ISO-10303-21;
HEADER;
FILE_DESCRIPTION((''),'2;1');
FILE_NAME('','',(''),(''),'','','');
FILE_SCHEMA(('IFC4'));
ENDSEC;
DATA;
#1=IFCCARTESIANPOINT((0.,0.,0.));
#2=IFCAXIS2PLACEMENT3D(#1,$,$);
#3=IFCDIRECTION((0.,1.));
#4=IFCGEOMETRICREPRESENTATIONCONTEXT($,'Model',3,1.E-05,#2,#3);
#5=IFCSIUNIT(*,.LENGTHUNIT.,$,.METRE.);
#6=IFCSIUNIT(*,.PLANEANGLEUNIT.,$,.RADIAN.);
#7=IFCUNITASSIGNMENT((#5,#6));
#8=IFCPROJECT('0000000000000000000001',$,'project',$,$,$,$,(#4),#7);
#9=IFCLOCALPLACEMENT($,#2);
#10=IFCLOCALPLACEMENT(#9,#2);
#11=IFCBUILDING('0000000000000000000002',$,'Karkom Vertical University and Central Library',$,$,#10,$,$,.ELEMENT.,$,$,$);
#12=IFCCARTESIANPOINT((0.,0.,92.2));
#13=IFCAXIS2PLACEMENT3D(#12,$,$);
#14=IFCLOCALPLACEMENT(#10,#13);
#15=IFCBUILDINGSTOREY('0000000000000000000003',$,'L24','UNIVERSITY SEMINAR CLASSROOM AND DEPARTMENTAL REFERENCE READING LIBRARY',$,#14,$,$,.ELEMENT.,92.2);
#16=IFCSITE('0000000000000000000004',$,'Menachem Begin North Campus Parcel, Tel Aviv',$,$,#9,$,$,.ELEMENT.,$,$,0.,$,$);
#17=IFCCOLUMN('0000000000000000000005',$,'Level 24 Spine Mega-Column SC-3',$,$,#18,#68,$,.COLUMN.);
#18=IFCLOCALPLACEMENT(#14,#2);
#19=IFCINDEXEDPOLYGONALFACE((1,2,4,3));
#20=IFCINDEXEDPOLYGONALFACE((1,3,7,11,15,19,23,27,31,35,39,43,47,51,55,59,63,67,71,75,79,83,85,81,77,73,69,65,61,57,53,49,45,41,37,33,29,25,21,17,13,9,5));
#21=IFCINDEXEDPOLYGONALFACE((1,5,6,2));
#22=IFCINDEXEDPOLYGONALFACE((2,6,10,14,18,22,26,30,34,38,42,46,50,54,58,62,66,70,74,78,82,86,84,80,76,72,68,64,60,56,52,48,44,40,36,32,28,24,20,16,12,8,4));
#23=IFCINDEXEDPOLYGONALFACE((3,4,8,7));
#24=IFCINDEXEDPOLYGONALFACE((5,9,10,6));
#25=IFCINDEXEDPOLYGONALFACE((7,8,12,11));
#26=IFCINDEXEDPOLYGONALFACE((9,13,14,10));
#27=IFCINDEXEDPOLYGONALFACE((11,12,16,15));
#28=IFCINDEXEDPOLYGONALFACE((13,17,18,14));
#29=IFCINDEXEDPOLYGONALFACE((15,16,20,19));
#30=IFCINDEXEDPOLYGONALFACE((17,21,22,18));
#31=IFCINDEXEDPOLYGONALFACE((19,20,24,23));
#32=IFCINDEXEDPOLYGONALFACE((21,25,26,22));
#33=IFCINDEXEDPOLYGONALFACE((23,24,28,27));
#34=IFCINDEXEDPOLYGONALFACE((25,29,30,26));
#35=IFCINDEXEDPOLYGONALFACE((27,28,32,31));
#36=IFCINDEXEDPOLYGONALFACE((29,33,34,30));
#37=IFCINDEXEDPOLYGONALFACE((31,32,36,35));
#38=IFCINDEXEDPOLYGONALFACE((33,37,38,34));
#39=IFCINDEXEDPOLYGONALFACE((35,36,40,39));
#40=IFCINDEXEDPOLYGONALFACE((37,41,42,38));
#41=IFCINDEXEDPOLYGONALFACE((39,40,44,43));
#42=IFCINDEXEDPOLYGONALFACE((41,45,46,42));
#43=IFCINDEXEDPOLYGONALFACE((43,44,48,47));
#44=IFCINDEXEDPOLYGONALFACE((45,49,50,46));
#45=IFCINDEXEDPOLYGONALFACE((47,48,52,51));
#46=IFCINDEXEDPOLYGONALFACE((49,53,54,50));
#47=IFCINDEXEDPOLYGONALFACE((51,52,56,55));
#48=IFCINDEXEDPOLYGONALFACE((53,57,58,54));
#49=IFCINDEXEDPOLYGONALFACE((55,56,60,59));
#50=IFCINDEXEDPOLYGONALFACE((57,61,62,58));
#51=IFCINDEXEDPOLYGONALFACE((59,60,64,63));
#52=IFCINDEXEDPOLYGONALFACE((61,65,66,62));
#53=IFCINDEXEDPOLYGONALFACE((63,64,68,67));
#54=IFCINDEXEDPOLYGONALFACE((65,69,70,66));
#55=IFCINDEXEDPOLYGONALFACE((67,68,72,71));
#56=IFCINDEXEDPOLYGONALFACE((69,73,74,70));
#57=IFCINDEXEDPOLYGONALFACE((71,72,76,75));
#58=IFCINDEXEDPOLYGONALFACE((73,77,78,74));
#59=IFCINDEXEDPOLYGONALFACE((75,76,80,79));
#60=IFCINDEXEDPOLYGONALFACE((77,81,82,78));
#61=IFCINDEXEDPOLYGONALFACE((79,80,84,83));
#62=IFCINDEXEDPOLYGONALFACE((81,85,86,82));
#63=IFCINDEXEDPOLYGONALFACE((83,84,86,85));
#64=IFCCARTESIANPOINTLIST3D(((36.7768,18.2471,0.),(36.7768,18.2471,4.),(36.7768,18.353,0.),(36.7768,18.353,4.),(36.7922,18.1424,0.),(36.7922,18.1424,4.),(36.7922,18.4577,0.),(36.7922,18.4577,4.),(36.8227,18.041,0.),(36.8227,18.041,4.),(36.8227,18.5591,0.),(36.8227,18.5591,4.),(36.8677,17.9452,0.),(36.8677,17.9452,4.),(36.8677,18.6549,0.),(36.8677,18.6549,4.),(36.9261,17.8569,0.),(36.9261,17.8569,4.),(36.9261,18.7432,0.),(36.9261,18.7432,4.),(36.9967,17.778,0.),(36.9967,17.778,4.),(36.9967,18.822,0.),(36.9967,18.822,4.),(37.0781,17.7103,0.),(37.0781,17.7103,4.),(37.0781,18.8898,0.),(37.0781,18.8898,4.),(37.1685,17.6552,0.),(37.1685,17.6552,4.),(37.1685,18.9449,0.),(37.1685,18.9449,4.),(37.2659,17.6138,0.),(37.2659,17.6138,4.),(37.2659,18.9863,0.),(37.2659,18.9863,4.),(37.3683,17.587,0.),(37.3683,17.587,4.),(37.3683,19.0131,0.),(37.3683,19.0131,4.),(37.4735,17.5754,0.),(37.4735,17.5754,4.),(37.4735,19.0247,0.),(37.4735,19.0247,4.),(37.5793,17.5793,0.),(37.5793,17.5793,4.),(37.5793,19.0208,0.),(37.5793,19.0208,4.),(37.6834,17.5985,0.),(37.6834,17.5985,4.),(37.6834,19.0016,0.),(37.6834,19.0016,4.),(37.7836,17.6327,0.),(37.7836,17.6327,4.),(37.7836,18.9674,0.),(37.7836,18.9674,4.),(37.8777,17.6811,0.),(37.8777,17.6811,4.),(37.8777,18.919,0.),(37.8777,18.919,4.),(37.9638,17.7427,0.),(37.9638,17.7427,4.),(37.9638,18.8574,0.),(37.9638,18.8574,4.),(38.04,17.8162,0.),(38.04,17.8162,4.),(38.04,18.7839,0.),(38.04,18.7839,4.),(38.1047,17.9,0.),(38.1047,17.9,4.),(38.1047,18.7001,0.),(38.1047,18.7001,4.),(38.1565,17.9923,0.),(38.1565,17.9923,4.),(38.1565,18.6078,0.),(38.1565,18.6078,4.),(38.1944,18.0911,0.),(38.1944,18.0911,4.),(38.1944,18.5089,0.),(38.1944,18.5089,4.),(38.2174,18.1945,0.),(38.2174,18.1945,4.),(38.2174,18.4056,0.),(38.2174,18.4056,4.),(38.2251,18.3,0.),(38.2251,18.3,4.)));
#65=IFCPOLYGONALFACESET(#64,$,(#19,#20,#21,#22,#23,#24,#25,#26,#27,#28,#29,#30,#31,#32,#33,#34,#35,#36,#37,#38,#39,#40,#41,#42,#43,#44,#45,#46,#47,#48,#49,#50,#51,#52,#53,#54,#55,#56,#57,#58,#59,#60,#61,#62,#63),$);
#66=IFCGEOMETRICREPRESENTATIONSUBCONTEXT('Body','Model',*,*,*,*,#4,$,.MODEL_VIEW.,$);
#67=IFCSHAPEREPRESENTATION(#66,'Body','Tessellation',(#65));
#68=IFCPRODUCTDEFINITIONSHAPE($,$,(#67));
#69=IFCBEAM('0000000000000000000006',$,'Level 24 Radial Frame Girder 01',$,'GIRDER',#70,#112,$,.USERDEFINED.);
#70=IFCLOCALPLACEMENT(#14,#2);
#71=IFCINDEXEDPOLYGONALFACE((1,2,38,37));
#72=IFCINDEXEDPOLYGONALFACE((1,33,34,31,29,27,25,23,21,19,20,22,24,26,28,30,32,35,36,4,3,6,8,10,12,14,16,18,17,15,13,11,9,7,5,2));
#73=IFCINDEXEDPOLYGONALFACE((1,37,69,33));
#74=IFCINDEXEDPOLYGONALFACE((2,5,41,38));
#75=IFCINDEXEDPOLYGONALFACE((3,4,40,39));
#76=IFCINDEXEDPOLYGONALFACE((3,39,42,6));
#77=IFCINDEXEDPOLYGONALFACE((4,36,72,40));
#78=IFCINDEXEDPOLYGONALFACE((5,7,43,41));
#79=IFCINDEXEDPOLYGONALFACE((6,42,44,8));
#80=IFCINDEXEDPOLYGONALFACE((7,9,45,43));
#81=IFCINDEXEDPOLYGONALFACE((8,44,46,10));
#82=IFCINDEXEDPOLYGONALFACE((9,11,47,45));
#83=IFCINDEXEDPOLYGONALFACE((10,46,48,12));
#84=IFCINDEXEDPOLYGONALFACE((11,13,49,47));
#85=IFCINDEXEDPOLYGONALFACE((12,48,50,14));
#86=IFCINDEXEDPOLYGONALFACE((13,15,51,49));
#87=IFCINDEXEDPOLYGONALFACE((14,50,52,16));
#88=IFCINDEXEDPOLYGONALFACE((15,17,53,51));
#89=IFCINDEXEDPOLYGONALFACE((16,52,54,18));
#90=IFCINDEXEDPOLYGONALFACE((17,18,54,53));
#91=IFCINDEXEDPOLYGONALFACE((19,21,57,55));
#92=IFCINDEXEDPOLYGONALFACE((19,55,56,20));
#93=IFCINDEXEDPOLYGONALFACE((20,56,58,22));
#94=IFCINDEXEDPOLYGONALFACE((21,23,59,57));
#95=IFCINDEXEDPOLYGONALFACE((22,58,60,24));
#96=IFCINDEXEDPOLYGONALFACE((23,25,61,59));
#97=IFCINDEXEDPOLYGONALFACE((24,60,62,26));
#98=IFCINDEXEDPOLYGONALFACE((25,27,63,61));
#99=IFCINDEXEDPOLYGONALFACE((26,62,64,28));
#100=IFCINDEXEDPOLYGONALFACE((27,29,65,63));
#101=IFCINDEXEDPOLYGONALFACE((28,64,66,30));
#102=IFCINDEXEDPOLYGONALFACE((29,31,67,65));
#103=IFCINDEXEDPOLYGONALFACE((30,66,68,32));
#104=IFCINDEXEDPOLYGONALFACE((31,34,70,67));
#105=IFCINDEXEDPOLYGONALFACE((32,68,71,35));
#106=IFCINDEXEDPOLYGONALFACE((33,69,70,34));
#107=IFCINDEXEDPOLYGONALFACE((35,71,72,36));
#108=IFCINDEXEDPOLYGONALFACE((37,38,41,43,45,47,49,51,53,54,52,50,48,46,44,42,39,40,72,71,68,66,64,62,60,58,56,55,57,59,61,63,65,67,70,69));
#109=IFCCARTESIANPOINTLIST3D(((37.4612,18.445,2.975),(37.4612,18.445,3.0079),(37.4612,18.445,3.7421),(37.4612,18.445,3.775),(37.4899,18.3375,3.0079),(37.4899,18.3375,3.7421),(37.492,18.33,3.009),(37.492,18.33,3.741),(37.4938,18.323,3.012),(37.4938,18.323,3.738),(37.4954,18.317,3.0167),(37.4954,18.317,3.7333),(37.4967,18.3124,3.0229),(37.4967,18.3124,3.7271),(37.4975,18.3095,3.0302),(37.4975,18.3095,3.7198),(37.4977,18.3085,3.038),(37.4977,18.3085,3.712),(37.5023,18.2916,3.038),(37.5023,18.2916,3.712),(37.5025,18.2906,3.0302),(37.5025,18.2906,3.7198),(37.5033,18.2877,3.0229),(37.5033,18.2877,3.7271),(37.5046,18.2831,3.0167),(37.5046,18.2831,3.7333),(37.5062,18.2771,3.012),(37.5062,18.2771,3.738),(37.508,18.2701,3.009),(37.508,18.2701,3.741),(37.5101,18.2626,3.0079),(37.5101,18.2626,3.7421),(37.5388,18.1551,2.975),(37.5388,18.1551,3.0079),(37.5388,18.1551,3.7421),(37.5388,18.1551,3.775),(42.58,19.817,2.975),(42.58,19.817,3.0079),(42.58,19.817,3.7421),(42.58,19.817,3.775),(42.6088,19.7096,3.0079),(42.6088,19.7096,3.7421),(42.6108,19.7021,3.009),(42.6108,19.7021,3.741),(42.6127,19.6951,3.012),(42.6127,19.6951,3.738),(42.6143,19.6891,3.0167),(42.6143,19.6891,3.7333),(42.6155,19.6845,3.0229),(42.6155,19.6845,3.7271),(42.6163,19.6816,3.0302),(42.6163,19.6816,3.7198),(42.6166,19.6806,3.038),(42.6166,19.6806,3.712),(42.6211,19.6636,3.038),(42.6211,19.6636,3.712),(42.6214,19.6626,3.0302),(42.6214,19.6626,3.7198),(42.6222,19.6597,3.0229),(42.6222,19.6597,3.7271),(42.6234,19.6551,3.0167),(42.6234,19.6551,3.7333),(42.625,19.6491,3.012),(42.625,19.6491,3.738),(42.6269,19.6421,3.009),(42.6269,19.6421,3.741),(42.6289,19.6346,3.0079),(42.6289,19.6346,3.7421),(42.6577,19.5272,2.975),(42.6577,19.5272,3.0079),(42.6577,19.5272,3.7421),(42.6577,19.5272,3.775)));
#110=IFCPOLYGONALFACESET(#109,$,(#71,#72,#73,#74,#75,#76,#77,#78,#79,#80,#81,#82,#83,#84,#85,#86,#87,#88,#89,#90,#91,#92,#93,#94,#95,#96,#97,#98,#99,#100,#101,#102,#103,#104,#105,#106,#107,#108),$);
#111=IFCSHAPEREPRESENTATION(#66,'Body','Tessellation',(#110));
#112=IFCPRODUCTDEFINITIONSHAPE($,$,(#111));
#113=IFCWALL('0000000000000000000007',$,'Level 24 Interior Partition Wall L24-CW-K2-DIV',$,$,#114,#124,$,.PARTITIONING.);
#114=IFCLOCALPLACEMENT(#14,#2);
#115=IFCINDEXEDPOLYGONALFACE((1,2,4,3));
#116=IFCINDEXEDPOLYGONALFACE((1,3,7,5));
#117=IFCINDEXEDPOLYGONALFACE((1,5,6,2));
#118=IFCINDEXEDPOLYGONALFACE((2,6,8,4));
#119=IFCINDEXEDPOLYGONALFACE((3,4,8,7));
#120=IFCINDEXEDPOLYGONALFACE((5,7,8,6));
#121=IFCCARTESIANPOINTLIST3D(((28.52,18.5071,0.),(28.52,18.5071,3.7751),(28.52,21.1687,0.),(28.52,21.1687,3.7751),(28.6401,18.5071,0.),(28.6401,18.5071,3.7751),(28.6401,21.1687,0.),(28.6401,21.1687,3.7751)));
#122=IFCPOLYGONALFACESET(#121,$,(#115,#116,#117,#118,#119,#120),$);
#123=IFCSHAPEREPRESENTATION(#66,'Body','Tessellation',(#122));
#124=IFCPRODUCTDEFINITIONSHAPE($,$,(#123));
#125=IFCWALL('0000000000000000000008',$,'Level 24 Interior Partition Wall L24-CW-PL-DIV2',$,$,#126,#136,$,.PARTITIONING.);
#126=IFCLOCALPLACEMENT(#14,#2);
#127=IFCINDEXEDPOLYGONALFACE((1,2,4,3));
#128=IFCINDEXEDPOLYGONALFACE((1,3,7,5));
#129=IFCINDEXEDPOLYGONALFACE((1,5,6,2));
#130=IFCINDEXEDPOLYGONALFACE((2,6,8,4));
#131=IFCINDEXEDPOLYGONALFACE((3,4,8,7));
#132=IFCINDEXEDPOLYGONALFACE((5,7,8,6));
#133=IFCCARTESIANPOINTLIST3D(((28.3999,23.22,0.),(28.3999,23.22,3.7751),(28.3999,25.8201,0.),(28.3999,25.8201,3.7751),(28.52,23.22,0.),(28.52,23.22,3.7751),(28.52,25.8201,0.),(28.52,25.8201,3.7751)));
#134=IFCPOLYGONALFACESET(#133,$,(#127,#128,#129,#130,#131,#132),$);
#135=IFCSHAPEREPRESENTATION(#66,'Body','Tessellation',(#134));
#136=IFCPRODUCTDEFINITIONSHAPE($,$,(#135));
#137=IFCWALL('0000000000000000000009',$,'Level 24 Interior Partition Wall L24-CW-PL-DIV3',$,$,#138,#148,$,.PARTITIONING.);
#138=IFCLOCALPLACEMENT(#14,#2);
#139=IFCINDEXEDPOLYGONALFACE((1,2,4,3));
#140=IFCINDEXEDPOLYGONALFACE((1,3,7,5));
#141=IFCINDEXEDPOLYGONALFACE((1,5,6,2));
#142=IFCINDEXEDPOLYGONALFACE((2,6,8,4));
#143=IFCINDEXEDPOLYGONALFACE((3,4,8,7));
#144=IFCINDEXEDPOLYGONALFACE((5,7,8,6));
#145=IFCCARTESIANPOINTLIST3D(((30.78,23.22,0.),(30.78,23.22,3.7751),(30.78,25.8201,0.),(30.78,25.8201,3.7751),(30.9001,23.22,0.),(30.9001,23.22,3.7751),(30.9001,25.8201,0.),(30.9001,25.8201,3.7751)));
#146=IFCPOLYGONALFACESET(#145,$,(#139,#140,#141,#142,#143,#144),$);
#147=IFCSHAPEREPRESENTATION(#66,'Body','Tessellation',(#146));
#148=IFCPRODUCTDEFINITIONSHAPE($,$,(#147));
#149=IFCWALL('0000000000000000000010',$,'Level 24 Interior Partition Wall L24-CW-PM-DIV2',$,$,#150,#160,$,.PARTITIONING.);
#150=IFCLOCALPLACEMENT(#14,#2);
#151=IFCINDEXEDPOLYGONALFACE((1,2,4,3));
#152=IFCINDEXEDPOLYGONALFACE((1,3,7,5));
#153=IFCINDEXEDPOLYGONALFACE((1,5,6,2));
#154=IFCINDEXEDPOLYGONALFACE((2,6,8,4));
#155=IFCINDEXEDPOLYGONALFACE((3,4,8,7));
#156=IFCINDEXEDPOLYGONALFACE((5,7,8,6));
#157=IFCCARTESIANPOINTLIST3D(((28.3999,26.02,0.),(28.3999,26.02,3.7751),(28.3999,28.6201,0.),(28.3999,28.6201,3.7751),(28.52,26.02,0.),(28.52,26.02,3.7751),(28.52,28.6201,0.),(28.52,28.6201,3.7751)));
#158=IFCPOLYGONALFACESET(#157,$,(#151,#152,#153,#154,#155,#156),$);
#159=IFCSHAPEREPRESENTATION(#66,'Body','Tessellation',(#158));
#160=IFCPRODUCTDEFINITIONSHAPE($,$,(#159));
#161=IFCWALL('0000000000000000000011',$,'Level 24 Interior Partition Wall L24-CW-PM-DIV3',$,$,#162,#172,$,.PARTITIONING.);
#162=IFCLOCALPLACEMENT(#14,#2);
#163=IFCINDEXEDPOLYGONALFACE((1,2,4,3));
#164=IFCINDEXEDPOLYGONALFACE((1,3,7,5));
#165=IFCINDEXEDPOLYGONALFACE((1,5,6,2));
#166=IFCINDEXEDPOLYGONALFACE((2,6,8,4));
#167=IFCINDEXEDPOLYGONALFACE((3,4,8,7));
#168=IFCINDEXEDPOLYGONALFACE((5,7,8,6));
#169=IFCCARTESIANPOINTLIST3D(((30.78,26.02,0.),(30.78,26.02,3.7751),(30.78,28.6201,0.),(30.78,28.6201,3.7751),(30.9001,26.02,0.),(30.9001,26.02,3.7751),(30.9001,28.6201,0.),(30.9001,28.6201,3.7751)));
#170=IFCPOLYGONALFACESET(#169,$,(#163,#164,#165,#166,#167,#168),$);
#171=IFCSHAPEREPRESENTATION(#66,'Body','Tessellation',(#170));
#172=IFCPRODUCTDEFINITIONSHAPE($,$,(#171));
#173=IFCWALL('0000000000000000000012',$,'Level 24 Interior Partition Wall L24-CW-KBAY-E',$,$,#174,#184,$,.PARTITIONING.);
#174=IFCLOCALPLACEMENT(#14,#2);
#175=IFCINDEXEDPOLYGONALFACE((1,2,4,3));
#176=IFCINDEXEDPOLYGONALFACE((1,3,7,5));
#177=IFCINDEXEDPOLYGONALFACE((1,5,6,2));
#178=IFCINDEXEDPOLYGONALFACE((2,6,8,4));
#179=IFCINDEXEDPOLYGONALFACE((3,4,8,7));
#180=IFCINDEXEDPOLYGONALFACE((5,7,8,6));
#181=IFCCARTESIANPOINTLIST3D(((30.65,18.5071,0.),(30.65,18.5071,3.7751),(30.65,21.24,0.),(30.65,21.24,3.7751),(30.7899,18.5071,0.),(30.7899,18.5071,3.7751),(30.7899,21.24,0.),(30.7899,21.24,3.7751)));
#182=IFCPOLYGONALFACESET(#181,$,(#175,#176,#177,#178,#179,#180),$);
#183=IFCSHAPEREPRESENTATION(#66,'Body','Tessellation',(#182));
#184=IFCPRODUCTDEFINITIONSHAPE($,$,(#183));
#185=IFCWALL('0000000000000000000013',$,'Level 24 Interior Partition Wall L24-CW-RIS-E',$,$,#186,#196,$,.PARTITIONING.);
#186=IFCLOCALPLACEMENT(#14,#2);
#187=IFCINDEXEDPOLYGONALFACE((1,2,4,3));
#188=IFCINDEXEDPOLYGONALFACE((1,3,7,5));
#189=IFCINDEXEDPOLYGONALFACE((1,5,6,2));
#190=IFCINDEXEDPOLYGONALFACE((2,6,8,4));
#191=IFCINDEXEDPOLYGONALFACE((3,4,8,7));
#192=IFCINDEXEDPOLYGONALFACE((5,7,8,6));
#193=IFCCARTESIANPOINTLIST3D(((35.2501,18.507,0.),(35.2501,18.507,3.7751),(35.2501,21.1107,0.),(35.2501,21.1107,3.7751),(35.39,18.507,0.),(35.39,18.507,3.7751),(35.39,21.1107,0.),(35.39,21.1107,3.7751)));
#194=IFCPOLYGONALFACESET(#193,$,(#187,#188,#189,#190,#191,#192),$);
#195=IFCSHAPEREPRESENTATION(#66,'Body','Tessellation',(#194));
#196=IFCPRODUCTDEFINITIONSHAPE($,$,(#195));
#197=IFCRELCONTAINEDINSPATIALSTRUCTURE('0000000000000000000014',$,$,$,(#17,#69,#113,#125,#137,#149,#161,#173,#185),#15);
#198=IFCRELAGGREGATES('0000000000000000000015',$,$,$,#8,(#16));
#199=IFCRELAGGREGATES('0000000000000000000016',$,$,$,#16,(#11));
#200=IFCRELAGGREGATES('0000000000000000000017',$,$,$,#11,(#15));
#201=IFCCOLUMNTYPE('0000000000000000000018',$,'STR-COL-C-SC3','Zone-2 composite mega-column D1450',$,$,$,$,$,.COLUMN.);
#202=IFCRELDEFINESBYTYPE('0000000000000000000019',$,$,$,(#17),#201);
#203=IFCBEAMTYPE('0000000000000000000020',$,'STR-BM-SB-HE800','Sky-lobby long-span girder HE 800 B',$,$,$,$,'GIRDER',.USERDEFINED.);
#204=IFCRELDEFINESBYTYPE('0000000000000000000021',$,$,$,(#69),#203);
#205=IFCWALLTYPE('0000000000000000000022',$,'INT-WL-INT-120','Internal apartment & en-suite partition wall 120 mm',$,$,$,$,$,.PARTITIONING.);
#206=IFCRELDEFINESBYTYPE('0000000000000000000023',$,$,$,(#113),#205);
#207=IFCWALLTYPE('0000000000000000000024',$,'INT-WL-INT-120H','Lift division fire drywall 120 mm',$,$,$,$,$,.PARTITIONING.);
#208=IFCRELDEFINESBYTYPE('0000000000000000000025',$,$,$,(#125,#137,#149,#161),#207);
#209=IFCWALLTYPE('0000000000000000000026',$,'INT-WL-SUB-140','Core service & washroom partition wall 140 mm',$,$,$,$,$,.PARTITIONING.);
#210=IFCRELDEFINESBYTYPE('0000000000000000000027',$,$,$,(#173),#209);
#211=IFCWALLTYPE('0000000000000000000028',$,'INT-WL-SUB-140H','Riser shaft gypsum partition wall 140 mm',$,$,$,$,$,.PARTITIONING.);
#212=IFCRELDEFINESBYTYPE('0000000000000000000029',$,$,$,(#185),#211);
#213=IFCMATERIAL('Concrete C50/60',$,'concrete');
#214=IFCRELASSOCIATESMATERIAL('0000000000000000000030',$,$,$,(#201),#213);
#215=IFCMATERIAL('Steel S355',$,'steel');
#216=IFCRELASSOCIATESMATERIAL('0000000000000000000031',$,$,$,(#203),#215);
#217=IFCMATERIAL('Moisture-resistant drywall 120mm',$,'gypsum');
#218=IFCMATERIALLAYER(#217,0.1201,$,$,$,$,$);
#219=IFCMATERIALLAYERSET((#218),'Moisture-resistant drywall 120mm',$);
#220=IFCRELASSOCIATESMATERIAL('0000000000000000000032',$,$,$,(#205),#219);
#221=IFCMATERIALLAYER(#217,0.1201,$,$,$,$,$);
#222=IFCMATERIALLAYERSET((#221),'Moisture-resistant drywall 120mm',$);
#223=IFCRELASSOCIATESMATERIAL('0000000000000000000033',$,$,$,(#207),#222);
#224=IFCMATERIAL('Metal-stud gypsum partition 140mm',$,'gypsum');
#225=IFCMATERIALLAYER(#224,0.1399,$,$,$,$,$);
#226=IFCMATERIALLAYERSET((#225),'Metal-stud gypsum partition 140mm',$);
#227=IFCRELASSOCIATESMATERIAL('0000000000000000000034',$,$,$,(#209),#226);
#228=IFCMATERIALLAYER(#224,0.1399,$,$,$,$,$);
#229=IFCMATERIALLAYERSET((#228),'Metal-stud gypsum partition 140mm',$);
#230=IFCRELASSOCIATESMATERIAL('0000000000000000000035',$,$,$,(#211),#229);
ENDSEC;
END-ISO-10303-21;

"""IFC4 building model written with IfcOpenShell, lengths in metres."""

from ifc_helpers import new_model, si_unit, direction, frame, frame_2d, origin, origin_with_axes, origin_2d, place, context, subcontext, project, spatial, rectangle, circle, i_section, extrude, source, transform, mapped, material, layer, layer_set, material_profile, profile_set, type_object, element, save


model = new_model("IFC4")

# Units and contexts
model_context = context("Model", 3, precision=1e-05, world=origin(), true_north=direction((0.0, 1.0)))
body_context = subcontext(model_context, "Body", "Model", "MODEL_VIEW")
ifc_project = project(units=[si_unit("LENGTHUNIT", "METRE"), si_unit("PLANEANGLEUNIT", "RADIAN")], contexts=[model_context])

# Site, building, storey
site_placement = place(None, origin())
site = spatial("IfcSite", under=ifc_project, at=site_placement, Name="Menachem Begin North Campus Parcel, Tel Aviv", CompositionType="ELEMENT", RefElevation=0.0)
building_placement = place(site_placement, origin())
building = spatial("IfcBuilding", under=site, at=building_placement, Name="Karkom Vertical University and Central Library", CompositionType="ELEMENT")
storey_placement = place(building_placement, frame((0.0, 0.0, 92.2)))
storey = spatial("IfcBuildingStorey", under=building, at=storey_placement, Name="L24", Description="UNIVERSITY SEMINAR CLASSROOM AND DEPARTMENTAL REFERENCE READING LIBRARY", CompositionType="ELEMENT", Elevation=92.2)

# Column
ifc_material_1 = material(Name="Concrete C50/60", Category="concrete")
ifc_material_profile_1 = material_profile(ifc_material_1, circle(Radius=0.7251, at=origin_2d()), Name="CFT-D1450")
ifc_profile_set_1 = profile_set([ifc_material_profile_1], Name="Concrete C50/60")
column_type = type_object("IfcColumnType", Name="STR-COL-C-SC3", Description="Zone-2 composite mega-column D1450", PredefinedType="COLUMN", material=ifc_profile_set_1)
shared_shape_1 = source(origin_with_axes(), body_context, "Body", "SweptSolid", [
    extrude(circle(Radius=0.7251, at=origin_2d()), origin(), (0.0, 0.0, 1.0), 4.0),
])
column_placement = place(storey_placement, frame((37.5, 18.3, 0.0), z_axis=(0.0, 0.0, 1.0), x_axis=(1.0, 0.0, 0.0)))
element("IfcColumn", 1, at=column_placement, inside=storey, type_object=column_type, Name="Level 24 Spine Mega-Column SC-3", PredefinedType="COLUMN", context=body_context, shape_type="MappedRepresentation", body=[
    mapped(shared_shape_1, transform((0.0, 0.0, 0.0), scale=1.0)),
])

# Beam
ifc_material_2 = material(Name="Steel S355", Category="steel")
ifc_material_profile_2 = material_profile(ifc_material_2, i_section(OverallWidth=0.3, OverallDepth=0.8, WebThickness=0.0176, FlangeThickness=0.033, FilletRadius=0.03, at=origin_2d()), Name="HE 800 B")
ifc_profile_set_2 = profile_set([ifc_material_profile_2], Name="Steel S355")
beam_type = type_object("IfcBeamType", Name="STR-BM-SB-HE800", Description="Sky-lobby long-span girder HE 800 B", ElementType="GIRDER", PredefinedType="USERDEFINED", material=ifc_profile_set_2)
shared_shape_2 = source(origin_with_axes(), body_context, "Body", "SweptSolid", [
    extrude(i_section(OverallWidth=0.3, OverallDepth=0.8, WebThickness=0.0176, FlangeThickness=0.033, FilletRadius=0.03, at=origin_2d()), origin(), (0.0, 0.0, 1.0), 5.2996),
])
beam_placement = place(storey_placement, frame((37.5, 18.3, 3.375), z_axis=(0.965904, 0.258901, 0.0), x_axis=(-0.258901, 0.965904, 0.0)))
element("IfcBeam", 2, at=beam_placement, inside=storey, type_object=beam_type, Name="Level 24 Radial Frame Girder 01", ObjectType="GIRDER", PredefinedType="USERDEFINED", context=body_context, shape_type="MappedRepresentation", body=[
    mapped(shared_shape_2, transform((0.0, 0.0, 0.0), scale=1.0)),
])

# Walls
ifc_material_3 = material(Name="Moisture-resistant drywall 120mm", Category="gypsum")
ifc_layer_1 = layer(ifc_material_3, 0.1201)
ifc_layer_set_1 = layer_set([ifc_layer_1], Name="Moisture-resistant drywall 120mm")
wall_type_1 = type_object("IfcWallType", Name="INT-WL-INT-120", Description="Internal apartment & en-suite partition wall 120 mm", PredefinedType="PARTITIONING", material=ifc_layer_set_1)
wall_1_placement = place(storey_placement, frame((28.5801, 18.5071, 0.0), z_axis=(0.0, 0.0, 1.0), x_axis=(0.0, 1.0, 0.0)))
element("IfcWall", 3, at=wall_1_placement, inside=storey, type_object=wall_type_1, Name="Level 24 Interior Partition Wall L24-CW-K2-DIV", PredefinedType="PARTITIONING", context=body_context, shape_type="SweptSolid", body=[
    extrude(rectangle(XDim=2.6616, YDim=0.1201, at=frame_2d((1.3308, 0.0))), origin(), (0.0, 0.0, 1.0), 3.7751),
])
ifc_layer_2 = layer(ifc_material_3, 0.1201)
ifc_layer_set_2 = layer_set([ifc_layer_2], Name="Moisture-resistant drywall 120mm")
wall_type_2 = type_object("IfcWallType", Name="INT-WL-INT-120H", Description="Lift division fire drywall 120 mm", PredefinedType="PARTITIONING", material=ifc_layer_set_2)
for number, where, z_axis, x_axis, name in (
    (4, (28.46, 23.22, 0.0), (0.0, 0.0, 1.0), (0.0, 1.0, 0.0), "Level 24 Interior Partition Wall L24-CW-PL-DIV2"),
    (5, (30.8401, 23.22, 0.0), (0.0, 0.0, 1.0), (0.0, 1.0, 0.0), "Level 24 Interior Partition Wall L24-CW-PL-DIV3"),
    (6, (28.46, 26.02, 0.0), (0.0, 0.0, 1.0), (0.0, 1.0, 0.0), "Level 24 Interior Partition Wall L24-CW-PM-DIV2"),
    (7, (30.8401, 26.02, 0.0), (0.0, 0.0, 1.0), (0.0, 1.0, 0.0), "Level 24 Interior Partition Wall L24-CW-PM-DIV3"),
):
    element("IfcWall", number, at=place(storey_placement, frame(where, z_axis=z_axis, x_axis=x_axis)), inside=storey, type_object=wall_type_2, Name=name, PredefinedType="PARTITIONING", context=body_context, shape_type="SweptSolid", body=[
        extrude(rectangle(XDim=2.6001, YDim=0.1201, at=frame_2d((1.3, 0.0))), origin(), (0.0, 0.0, 1.0), 3.7751),
    ])
ifc_material_4 = material(Name="Metal-stud gypsum partition 140mm", Category="gypsum")
ifc_layer_3 = layer(ifc_material_4, 0.1399)
ifc_layer_set_3 = layer_set([ifc_layer_3], Name="Metal-stud gypsum partition 140mm")
wall_type_3 = type_object("IfcWallType", Name="INT-WL-SUB-140", Description="Core service & washroom partition wall 140 mm", PredefinedType="PARTITIONING", material=ifc_layer_set_3)
wall_2_placement = place(storey_placement, frame((30.72, 18.5071, 0.0), z_axis=(0.0, 0.0, 1.0), x_axis=(0.0, 1.0, 0.0)))
element("IfcWall", 8, at=wall_2_placement, inside=storey, type_object=wall_type_3, Name="Level 24 Interior Partition Wall L24-CW-KBAY-E", PredefinedType="PARTITIONING", context=body_context, shape_type="SweptSolid", body=[
    extrude(rectangle(XDim=2.7329, YDim=0.1399, at=frame_2d((1.3665, 0.0))), origin(), (0.0, 0.0, 1.0), 3.7751),
])
ifc_layer_4 = layer(ifc_material_4, 0.1399)
ifc_layer_set_4 = layer_set([ifc_layer_4], Name="Metal-stud gypsum partition 140mm")
wall_type_4 = type_object("IfcWallType", Name="INT-WL-SUB-140H", Description="Riser shaft gypsum partition wall 140 mm", PredefinedType="PARTITIONING", material=ifc_layer_set_4)
wall_3_placement = place(storey_placement, frame((35.3201, 18.5071, 0.0), z_axis=(0.0, 0.0, 1.0), x_axis=(0.0, 1.0, 0.0)))
element("IfcWall", 9, at=wall_3_placement, inside=storey, type_object=wall_type_4, Name="Level 24 Interior Partition Wall L24-CW-RIS-E", PredefinedType="PARTITIONING", context=body_context, shape_type="SweptSolid", body=[
    extrude(rectangle(XDim=2.6038, YDim=0.1399, at=frame_2d((1.3018, 0.0))), origin(), (0.0, 0.0, 1.0), 3.7751),
])

save(model, "model.ifc")
